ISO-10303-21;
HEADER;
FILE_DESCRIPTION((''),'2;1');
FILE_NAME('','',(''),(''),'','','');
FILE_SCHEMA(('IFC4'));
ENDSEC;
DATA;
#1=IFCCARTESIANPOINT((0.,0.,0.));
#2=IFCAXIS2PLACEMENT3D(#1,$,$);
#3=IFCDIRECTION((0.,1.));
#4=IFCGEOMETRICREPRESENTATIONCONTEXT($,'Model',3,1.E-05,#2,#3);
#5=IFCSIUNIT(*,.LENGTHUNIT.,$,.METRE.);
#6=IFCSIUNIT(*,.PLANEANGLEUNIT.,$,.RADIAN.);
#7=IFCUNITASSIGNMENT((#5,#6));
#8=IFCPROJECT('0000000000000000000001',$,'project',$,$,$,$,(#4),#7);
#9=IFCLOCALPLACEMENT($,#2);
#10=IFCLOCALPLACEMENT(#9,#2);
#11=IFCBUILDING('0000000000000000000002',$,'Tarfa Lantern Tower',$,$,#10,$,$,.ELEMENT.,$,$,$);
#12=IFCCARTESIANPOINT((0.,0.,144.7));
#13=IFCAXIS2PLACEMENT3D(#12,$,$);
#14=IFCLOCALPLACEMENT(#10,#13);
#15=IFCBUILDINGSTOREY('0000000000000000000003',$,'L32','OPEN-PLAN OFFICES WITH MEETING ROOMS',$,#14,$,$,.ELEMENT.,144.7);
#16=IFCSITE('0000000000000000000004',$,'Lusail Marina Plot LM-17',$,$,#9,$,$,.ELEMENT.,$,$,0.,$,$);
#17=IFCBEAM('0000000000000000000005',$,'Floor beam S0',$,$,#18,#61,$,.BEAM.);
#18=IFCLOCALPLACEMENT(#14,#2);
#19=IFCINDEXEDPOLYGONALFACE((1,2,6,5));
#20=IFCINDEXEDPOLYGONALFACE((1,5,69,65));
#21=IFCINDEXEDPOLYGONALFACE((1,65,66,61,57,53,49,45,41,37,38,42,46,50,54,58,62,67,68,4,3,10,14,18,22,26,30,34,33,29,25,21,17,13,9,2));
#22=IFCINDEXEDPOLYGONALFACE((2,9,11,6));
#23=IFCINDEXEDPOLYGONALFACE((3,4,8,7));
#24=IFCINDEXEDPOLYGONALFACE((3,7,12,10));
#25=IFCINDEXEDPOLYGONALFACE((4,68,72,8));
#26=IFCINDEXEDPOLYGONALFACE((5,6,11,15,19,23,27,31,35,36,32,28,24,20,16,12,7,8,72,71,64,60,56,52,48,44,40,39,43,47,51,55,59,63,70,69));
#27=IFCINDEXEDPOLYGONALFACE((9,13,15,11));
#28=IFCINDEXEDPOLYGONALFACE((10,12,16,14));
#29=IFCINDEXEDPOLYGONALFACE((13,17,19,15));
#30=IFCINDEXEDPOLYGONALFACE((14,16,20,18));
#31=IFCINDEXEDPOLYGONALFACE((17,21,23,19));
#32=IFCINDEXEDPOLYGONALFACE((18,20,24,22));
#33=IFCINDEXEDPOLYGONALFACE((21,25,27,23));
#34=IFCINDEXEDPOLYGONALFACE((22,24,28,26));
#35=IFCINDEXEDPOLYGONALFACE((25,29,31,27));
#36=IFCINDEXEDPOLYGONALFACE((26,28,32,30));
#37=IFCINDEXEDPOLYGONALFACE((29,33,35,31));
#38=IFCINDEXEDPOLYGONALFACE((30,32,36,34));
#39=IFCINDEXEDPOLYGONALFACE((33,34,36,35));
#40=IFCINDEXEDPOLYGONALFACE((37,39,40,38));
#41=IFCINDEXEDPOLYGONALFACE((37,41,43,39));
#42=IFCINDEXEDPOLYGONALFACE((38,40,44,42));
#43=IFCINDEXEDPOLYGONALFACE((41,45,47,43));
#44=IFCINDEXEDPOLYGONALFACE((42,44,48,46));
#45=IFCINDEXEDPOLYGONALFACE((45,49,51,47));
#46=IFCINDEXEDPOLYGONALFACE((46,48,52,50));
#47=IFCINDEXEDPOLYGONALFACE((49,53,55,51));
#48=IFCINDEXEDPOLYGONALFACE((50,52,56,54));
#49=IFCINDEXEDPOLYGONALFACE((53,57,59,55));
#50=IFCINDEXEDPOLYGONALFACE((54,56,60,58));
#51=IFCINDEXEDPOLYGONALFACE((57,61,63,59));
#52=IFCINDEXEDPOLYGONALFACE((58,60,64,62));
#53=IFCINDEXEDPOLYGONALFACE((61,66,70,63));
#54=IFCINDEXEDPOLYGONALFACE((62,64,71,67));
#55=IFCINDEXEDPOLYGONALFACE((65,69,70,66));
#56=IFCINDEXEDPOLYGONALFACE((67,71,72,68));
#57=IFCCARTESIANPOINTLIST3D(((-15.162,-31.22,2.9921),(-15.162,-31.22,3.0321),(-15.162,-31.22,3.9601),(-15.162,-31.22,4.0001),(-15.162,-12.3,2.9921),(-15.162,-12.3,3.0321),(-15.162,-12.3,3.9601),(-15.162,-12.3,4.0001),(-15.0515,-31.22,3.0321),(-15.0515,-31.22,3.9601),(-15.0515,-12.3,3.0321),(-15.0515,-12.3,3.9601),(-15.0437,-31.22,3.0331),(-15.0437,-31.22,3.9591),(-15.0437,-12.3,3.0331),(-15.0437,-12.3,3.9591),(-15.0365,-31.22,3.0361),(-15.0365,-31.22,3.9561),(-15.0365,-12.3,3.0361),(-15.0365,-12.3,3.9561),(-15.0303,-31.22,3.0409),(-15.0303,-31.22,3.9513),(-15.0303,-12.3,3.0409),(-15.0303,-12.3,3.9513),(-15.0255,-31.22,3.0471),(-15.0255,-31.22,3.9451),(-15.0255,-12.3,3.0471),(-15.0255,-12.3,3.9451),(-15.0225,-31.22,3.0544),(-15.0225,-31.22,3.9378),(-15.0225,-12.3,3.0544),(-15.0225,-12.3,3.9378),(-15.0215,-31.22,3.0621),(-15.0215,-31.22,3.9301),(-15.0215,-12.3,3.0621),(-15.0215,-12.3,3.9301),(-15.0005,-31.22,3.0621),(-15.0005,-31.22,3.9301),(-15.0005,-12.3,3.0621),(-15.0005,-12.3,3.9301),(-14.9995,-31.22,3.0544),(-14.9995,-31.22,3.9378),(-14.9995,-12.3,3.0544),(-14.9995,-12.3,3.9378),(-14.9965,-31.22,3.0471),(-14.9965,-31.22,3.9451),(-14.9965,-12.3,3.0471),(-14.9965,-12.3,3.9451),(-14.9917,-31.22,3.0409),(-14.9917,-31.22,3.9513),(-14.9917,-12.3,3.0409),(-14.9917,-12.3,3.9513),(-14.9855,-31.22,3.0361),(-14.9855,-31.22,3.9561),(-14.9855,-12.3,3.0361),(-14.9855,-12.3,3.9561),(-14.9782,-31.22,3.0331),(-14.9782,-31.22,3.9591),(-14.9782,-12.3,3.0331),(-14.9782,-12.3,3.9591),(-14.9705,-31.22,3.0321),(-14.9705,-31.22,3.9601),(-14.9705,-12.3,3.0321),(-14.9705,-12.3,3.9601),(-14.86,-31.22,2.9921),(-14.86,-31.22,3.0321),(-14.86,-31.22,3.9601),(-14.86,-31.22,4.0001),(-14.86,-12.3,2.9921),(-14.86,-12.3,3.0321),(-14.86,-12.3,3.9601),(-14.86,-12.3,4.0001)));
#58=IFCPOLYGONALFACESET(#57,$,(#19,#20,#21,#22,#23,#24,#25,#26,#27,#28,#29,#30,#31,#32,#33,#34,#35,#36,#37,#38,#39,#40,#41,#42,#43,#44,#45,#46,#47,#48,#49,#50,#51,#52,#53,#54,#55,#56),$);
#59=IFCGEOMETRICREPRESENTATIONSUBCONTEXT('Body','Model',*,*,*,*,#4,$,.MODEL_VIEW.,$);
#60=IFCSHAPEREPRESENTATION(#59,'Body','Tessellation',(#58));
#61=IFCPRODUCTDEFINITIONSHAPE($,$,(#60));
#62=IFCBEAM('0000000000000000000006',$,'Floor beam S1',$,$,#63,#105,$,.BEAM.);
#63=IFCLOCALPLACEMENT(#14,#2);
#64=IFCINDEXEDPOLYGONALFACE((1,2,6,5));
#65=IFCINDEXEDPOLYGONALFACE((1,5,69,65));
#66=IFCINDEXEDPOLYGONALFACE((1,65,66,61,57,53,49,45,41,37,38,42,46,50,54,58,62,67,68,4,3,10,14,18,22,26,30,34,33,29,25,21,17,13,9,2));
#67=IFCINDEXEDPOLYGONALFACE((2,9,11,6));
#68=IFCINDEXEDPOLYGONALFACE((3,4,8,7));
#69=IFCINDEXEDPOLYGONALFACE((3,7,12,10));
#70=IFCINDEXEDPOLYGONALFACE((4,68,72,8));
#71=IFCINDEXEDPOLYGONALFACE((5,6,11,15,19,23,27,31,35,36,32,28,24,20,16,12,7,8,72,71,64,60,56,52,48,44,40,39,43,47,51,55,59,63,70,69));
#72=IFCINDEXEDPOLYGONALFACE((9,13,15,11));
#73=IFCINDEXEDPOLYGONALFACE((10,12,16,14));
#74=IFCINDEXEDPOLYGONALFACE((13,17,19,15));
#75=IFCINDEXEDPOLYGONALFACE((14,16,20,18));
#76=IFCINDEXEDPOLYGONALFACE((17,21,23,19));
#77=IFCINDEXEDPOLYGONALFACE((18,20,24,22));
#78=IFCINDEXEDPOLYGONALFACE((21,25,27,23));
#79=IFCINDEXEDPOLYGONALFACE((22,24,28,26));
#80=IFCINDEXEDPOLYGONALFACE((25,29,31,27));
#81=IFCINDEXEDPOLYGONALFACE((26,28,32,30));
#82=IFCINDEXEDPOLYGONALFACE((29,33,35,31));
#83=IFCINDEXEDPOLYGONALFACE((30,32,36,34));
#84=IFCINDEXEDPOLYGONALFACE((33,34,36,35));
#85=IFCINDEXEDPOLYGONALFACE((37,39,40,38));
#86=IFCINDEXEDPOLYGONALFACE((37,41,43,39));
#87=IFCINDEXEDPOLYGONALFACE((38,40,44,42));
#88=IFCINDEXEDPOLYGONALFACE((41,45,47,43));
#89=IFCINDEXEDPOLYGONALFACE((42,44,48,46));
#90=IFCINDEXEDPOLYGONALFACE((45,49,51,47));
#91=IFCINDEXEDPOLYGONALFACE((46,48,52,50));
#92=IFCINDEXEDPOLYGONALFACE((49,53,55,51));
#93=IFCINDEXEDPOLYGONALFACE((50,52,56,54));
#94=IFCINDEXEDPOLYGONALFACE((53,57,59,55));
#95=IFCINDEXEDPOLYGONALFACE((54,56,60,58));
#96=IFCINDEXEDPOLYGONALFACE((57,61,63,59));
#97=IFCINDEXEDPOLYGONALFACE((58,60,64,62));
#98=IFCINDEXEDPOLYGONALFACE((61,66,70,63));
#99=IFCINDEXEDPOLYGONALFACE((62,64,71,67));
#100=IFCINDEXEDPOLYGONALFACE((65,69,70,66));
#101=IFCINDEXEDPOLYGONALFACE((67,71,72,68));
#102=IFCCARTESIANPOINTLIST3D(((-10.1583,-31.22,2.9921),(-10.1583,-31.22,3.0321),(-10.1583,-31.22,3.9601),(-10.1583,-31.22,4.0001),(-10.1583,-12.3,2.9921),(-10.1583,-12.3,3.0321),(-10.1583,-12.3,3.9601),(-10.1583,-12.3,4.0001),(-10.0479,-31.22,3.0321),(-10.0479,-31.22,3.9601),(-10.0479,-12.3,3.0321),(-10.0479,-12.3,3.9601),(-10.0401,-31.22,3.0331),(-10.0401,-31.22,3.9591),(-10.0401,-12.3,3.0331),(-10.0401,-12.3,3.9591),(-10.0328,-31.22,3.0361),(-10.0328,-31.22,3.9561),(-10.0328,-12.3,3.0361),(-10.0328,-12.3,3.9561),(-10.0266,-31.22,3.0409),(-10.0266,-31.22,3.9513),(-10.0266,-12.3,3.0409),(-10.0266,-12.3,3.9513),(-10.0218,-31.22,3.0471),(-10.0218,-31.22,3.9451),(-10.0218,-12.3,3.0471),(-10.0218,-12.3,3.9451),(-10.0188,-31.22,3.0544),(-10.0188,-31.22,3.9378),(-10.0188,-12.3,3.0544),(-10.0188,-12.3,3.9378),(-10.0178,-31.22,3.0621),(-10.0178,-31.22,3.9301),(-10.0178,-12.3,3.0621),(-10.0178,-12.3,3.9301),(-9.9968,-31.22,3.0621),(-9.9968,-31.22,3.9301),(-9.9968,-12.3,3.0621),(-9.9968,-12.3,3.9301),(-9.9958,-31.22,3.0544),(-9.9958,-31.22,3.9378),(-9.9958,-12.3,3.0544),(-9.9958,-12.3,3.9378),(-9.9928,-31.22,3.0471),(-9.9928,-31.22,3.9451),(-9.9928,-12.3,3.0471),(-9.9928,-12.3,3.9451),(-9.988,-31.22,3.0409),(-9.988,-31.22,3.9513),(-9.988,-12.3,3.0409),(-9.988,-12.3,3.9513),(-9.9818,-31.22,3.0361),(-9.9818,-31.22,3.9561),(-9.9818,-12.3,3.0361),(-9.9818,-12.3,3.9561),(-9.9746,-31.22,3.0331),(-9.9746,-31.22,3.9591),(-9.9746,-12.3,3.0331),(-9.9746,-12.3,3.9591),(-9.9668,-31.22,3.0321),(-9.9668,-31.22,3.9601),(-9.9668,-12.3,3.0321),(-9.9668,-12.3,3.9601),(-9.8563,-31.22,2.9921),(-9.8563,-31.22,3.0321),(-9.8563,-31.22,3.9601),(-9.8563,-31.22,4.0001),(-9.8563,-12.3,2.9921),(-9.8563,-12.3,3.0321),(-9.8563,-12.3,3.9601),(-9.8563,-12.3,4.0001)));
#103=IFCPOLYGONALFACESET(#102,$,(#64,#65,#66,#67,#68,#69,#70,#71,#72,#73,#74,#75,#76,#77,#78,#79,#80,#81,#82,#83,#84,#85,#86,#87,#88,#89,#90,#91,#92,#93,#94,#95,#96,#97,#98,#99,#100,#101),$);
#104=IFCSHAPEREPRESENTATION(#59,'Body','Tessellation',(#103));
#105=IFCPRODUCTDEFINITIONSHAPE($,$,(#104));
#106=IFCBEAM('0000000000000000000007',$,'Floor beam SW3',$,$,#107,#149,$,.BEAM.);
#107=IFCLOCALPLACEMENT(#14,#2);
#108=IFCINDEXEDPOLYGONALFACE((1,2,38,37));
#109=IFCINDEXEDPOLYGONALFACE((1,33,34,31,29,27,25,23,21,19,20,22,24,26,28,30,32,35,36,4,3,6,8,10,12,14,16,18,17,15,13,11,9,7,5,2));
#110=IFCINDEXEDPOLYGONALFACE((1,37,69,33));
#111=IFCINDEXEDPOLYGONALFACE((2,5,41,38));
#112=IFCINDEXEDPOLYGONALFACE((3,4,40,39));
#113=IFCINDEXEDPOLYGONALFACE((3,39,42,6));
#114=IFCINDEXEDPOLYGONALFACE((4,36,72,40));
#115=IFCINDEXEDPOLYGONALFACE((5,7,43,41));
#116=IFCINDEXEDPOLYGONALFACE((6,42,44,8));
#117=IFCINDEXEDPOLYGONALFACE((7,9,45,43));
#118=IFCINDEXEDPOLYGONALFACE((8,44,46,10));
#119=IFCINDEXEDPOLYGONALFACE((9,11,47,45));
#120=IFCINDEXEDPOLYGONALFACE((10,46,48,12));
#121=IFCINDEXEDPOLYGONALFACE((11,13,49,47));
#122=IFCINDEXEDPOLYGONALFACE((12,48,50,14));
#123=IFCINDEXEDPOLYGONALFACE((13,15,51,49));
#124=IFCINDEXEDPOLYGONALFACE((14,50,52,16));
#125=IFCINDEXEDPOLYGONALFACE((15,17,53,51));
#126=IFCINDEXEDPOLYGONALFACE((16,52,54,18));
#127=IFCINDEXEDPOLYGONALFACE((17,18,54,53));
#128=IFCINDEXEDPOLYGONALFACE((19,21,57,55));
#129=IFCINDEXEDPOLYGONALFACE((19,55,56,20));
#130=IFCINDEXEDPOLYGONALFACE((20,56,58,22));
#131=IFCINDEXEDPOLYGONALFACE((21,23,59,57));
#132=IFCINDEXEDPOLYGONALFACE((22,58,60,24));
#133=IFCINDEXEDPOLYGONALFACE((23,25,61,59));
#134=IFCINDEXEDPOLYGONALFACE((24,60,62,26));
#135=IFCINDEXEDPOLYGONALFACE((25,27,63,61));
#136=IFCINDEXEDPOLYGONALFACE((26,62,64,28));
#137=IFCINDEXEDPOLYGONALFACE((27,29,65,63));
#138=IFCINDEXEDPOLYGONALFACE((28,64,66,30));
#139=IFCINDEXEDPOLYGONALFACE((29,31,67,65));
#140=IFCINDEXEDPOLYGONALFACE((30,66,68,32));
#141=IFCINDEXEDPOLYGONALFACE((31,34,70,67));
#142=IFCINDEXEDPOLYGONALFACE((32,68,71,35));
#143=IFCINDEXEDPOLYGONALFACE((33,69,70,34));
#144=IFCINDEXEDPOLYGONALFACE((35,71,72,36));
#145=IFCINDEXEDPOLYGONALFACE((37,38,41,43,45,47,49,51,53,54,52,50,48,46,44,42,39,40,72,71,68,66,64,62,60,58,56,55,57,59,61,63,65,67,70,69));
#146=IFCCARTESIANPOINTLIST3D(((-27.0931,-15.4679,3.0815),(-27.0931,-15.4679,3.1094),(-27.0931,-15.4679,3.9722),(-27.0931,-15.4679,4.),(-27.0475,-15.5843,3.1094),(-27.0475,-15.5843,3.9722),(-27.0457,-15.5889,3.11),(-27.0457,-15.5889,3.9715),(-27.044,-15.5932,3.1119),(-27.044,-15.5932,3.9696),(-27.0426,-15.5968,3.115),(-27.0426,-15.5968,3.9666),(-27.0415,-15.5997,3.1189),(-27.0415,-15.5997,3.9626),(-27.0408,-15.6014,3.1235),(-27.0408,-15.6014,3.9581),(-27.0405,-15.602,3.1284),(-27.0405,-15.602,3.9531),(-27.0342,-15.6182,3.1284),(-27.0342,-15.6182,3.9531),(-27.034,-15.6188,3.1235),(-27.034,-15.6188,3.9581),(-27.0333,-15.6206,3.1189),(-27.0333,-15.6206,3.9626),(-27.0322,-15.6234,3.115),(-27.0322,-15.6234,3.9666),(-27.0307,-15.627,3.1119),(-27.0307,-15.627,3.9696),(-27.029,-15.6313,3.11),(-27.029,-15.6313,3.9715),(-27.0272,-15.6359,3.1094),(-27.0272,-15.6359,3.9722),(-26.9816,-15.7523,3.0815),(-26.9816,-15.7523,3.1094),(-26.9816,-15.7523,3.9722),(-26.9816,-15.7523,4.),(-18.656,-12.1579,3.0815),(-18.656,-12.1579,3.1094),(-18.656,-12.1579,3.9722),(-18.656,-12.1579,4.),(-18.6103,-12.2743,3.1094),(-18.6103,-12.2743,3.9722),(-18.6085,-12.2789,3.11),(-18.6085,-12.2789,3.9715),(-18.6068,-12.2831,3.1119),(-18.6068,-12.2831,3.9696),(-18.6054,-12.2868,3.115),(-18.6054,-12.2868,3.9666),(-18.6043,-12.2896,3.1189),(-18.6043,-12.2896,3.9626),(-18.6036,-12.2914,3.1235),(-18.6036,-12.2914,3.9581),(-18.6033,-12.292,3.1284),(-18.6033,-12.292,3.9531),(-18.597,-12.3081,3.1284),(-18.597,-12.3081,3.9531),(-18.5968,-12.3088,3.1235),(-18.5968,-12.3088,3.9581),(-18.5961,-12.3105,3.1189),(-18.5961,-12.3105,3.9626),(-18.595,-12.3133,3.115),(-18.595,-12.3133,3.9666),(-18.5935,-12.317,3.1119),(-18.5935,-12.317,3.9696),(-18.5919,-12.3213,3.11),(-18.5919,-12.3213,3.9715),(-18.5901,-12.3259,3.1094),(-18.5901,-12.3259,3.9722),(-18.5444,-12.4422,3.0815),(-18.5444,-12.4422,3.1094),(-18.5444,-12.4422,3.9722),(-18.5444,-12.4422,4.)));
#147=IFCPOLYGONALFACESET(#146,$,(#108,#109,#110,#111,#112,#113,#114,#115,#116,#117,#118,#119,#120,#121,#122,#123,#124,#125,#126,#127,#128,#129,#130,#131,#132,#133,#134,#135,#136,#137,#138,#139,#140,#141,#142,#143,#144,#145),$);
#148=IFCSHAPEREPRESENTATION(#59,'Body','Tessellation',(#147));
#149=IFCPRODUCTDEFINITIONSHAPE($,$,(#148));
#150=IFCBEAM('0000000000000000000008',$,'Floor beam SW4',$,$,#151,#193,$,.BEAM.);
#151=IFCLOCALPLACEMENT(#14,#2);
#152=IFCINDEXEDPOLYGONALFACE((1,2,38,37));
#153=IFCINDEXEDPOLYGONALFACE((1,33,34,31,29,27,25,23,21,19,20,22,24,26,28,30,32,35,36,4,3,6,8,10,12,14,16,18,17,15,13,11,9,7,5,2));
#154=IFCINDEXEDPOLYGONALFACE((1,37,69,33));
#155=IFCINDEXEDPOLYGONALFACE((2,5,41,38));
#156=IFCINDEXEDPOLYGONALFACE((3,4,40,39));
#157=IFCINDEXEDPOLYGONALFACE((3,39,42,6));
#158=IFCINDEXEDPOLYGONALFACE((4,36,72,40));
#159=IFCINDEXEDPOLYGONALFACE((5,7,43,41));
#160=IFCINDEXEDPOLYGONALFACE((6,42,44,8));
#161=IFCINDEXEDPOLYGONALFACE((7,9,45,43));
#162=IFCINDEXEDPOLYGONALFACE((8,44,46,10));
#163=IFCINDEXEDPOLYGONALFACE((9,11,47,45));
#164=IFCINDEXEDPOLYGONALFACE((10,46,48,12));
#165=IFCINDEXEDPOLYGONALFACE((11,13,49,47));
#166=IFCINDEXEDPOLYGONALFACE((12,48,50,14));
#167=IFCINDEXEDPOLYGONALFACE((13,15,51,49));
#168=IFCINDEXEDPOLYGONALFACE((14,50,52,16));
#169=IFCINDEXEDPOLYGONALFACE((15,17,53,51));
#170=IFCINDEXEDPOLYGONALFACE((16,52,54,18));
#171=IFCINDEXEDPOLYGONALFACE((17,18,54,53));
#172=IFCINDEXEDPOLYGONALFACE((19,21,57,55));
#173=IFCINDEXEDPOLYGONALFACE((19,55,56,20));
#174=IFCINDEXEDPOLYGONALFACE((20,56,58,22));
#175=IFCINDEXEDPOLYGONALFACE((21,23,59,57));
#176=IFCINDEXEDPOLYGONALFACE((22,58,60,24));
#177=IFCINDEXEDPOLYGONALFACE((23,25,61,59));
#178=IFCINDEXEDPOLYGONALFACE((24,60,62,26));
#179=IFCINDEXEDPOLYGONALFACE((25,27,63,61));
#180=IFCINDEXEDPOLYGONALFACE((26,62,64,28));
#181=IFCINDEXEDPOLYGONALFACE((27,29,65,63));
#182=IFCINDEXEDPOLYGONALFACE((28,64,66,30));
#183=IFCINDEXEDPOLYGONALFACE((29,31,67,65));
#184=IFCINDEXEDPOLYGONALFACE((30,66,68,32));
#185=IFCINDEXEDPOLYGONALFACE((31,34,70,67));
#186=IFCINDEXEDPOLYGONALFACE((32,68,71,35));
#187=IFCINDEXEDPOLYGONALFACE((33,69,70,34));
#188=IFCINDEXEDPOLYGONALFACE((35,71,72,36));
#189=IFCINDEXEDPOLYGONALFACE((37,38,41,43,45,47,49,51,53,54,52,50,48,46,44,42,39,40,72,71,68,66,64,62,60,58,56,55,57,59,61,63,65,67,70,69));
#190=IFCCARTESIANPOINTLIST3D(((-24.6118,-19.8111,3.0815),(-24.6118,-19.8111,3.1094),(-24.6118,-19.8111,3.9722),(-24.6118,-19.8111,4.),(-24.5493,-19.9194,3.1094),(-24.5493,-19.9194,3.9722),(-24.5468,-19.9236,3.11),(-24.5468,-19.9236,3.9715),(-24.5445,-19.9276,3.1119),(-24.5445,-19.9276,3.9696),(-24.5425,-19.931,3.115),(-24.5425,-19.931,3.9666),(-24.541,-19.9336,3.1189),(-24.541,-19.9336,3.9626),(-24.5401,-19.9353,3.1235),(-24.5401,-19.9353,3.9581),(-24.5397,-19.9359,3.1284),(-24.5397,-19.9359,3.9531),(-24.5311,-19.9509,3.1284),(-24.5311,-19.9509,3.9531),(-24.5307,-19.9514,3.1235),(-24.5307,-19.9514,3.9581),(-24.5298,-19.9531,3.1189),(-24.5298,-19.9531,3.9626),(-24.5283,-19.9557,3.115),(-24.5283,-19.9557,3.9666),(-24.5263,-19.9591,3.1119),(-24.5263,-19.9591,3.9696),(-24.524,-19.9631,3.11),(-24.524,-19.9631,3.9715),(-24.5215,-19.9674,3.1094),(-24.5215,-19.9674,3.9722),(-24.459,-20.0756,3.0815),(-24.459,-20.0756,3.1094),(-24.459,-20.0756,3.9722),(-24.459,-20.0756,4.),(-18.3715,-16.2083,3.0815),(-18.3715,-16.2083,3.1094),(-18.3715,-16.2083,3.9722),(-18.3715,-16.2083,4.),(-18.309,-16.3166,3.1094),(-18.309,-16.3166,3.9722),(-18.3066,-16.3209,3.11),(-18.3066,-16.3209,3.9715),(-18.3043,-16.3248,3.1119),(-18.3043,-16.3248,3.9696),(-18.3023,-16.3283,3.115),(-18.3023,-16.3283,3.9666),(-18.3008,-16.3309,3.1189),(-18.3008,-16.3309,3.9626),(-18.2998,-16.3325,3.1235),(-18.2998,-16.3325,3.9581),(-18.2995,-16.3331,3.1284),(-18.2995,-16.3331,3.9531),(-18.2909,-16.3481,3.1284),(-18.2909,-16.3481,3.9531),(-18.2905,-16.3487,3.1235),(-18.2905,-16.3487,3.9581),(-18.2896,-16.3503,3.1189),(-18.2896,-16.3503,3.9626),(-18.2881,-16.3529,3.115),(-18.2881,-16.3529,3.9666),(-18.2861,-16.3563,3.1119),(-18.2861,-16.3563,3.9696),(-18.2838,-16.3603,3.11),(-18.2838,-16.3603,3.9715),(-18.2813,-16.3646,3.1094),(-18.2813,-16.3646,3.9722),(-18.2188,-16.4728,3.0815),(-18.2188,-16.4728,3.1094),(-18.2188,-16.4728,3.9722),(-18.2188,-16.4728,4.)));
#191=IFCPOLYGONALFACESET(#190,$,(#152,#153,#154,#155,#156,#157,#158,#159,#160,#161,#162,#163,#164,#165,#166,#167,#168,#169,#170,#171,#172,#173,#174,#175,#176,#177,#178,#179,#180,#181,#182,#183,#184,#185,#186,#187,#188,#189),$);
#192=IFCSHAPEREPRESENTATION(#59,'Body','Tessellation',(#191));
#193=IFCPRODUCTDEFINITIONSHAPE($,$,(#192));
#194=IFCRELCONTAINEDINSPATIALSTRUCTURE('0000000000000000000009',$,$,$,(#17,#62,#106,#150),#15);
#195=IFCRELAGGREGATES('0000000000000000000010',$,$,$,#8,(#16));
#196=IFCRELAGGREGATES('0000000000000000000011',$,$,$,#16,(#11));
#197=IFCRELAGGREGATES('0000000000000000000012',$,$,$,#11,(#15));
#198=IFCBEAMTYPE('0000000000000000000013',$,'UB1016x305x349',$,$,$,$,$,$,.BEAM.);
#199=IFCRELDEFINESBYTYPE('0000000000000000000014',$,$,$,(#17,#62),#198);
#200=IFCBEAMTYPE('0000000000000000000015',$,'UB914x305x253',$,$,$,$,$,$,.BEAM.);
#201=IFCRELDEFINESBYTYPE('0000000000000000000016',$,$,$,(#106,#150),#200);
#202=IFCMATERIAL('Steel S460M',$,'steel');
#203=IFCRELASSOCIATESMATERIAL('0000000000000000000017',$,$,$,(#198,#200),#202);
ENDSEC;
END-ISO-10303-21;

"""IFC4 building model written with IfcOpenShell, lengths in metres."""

from ifc_helpers import new_model, si_unit, direction, frame, origin, origin_2d, place, context, subcontext, project, spatial, i_section, extrude, material, material_profile, profile_set, type_object, element, save


model = new_model("IFC4")

# Units and contexts
model_context = context("Model", 3, precision=1e-05, world=origin(), true_north=direction((0.0, 1.0)))
body_context = subcontext(model_context, "Body", "Model", "MODEL_VIEW")
ifc_project = project(units=[si_unit("LENGTHUNIT", "METRE"), si_unit("PLANEANGLEUNIT", "RADIAN")], contexts=[model_context])

# Site, building, storey
site_placement = place(None, origin())
site = spatial("IfcSite", under=ifc_project, at=site_placement, Name="Lusail Marina Plot LM-17", CompositionType="ELEMENT", RefElevation=0.0)
building_placement = place(site_placement, origin())
building = spatial("IfcBuilding", under=site, at=building_placement, Name="Tarfa Lantern Tower", CompositionType="ELEMENT")
storey_placement = place(building_placement, frame((0.0, 0.0, 144.7)))
storey = spatial("IfcBuildingStorey", under=building, at=storey_placement, Name="L32", Description="OPEN-PLAN OFFICES WITH MEETING ROOMS", CompositionType="ELEMENT", Elevation=144.7)

# Beams
ifc_material_1 = material(Name="Steel S460M", Category="steel")
ifc_material_profile_1 = material_profile(ifc_material_1, i_section(OverallWidth=0.302, OverallDepth=1.0081, WebThickness=0.021, FlangeThickness=0.04, FilletRadius=0.03, at=origin_2d()), Name="UB1016x305x349")
ifc_profile_set_1 = profile_set([ifc_material_profile_1], Name="Steel S460M")
beam_type_1 = type_object("IfcBeamType", Name="UB1016x305x349", PredefinedType="BEAM", material=ifc_profile_set_1)
for number, where, z_axis, x_axis, name in (
    (1, (-15.011, -31.22, 3.4961), (0.0, 1.0, 0.0), (-1.0, 0.0, 0.0), "Floor beam S0"),
    (2, (-10.0073, -31.22, 3.4961), (0.0, 1.0, 0.0), (-1.0, 0.0, 0.0), "Floor beam S1"),
):
    element("IfcBeam", number, at=place(storey_placement, frame(where, z_axis=z_axis, x_axis=x_axis)), inside=storey, type_object=beam_type_1, Name=name, PredefinedType="BEAM", context=body_context, shape_type="SweptSolid", body=[
        extrude(i_section(OverallWidth=0.302, OverallDepth=1.0081, WebThickness=0.021, FlangeThickness=0.04, FilletRadius=0.03, at=origin_2d()), origin(), (0.0, 0.0, 1.0), 18.9199),
    ])
ifc_material_profile_2 = material_profile(ifc_material_1, i_section(OverallWidth=0.3054, OverallDepth=0.9185, WebThickness=0.0173, FlangeThickness=0.0278, FilletRadius=0.019, at=origin_2d()), Name="UB914x305x253")
ifc_profile_set_2 = profile_set([ifc_material_profile_2], Name="Steel S460M")
beam_type_2 = type_object("IfcBeamType", Name="UB914x305x253", PredefinedType="BEAM", material=ifc_profile_set_2)
beam_1_placement = place(storey_placement, frame((-27.0374, -15.6101, 3.5408), z_axis=(0.930923, 0.365215, 0.0), x_axis=(-0.365215, 0.930923, 0.0)))
element("IfcBeam", 3, at=beam_1_placement, inside=storey, type_object=beam_type_2, Name="Floor beam SW3", PredefinedType="BEAM", context=body_context, shape_type="SweptSolid", body=[
    extrude(i_section(OverallWidth=0.3054, OverallDepth=0.9185, WebThickness=0.0173, FlangeThickness=0.0278, FilletRadius=0.019, at=origin_2d()), origin(), (0.0, 0.0, 1.0), 9.0632),
])
beam_2_placement = place(storey_placement, frame((-24.5354, -19.9434, 3.5408), z_axis=(0.866026, 0.499998, 0.0), x_axis=(-0.499998, 0.866026, 0.0)))
element("IfcBeam", 4, at=beam_2_placement, inside=storey, type_object=beam_type_2, Name="Floor beam SW4", PredefinedType="BEAM", context=body_context, shape_type="SweptSolid", body=[
    extrude(i_section(OverallWidth=0.3054, OverallDepth=0.9185, WebThickness=0.0173, FlangeThickness=0.0278, FilletRadius=0.019, at=origin_2d()), origin(), (0.0, 0.0, 1.0), 7.2056),
])

save(model, "model.ifc")
